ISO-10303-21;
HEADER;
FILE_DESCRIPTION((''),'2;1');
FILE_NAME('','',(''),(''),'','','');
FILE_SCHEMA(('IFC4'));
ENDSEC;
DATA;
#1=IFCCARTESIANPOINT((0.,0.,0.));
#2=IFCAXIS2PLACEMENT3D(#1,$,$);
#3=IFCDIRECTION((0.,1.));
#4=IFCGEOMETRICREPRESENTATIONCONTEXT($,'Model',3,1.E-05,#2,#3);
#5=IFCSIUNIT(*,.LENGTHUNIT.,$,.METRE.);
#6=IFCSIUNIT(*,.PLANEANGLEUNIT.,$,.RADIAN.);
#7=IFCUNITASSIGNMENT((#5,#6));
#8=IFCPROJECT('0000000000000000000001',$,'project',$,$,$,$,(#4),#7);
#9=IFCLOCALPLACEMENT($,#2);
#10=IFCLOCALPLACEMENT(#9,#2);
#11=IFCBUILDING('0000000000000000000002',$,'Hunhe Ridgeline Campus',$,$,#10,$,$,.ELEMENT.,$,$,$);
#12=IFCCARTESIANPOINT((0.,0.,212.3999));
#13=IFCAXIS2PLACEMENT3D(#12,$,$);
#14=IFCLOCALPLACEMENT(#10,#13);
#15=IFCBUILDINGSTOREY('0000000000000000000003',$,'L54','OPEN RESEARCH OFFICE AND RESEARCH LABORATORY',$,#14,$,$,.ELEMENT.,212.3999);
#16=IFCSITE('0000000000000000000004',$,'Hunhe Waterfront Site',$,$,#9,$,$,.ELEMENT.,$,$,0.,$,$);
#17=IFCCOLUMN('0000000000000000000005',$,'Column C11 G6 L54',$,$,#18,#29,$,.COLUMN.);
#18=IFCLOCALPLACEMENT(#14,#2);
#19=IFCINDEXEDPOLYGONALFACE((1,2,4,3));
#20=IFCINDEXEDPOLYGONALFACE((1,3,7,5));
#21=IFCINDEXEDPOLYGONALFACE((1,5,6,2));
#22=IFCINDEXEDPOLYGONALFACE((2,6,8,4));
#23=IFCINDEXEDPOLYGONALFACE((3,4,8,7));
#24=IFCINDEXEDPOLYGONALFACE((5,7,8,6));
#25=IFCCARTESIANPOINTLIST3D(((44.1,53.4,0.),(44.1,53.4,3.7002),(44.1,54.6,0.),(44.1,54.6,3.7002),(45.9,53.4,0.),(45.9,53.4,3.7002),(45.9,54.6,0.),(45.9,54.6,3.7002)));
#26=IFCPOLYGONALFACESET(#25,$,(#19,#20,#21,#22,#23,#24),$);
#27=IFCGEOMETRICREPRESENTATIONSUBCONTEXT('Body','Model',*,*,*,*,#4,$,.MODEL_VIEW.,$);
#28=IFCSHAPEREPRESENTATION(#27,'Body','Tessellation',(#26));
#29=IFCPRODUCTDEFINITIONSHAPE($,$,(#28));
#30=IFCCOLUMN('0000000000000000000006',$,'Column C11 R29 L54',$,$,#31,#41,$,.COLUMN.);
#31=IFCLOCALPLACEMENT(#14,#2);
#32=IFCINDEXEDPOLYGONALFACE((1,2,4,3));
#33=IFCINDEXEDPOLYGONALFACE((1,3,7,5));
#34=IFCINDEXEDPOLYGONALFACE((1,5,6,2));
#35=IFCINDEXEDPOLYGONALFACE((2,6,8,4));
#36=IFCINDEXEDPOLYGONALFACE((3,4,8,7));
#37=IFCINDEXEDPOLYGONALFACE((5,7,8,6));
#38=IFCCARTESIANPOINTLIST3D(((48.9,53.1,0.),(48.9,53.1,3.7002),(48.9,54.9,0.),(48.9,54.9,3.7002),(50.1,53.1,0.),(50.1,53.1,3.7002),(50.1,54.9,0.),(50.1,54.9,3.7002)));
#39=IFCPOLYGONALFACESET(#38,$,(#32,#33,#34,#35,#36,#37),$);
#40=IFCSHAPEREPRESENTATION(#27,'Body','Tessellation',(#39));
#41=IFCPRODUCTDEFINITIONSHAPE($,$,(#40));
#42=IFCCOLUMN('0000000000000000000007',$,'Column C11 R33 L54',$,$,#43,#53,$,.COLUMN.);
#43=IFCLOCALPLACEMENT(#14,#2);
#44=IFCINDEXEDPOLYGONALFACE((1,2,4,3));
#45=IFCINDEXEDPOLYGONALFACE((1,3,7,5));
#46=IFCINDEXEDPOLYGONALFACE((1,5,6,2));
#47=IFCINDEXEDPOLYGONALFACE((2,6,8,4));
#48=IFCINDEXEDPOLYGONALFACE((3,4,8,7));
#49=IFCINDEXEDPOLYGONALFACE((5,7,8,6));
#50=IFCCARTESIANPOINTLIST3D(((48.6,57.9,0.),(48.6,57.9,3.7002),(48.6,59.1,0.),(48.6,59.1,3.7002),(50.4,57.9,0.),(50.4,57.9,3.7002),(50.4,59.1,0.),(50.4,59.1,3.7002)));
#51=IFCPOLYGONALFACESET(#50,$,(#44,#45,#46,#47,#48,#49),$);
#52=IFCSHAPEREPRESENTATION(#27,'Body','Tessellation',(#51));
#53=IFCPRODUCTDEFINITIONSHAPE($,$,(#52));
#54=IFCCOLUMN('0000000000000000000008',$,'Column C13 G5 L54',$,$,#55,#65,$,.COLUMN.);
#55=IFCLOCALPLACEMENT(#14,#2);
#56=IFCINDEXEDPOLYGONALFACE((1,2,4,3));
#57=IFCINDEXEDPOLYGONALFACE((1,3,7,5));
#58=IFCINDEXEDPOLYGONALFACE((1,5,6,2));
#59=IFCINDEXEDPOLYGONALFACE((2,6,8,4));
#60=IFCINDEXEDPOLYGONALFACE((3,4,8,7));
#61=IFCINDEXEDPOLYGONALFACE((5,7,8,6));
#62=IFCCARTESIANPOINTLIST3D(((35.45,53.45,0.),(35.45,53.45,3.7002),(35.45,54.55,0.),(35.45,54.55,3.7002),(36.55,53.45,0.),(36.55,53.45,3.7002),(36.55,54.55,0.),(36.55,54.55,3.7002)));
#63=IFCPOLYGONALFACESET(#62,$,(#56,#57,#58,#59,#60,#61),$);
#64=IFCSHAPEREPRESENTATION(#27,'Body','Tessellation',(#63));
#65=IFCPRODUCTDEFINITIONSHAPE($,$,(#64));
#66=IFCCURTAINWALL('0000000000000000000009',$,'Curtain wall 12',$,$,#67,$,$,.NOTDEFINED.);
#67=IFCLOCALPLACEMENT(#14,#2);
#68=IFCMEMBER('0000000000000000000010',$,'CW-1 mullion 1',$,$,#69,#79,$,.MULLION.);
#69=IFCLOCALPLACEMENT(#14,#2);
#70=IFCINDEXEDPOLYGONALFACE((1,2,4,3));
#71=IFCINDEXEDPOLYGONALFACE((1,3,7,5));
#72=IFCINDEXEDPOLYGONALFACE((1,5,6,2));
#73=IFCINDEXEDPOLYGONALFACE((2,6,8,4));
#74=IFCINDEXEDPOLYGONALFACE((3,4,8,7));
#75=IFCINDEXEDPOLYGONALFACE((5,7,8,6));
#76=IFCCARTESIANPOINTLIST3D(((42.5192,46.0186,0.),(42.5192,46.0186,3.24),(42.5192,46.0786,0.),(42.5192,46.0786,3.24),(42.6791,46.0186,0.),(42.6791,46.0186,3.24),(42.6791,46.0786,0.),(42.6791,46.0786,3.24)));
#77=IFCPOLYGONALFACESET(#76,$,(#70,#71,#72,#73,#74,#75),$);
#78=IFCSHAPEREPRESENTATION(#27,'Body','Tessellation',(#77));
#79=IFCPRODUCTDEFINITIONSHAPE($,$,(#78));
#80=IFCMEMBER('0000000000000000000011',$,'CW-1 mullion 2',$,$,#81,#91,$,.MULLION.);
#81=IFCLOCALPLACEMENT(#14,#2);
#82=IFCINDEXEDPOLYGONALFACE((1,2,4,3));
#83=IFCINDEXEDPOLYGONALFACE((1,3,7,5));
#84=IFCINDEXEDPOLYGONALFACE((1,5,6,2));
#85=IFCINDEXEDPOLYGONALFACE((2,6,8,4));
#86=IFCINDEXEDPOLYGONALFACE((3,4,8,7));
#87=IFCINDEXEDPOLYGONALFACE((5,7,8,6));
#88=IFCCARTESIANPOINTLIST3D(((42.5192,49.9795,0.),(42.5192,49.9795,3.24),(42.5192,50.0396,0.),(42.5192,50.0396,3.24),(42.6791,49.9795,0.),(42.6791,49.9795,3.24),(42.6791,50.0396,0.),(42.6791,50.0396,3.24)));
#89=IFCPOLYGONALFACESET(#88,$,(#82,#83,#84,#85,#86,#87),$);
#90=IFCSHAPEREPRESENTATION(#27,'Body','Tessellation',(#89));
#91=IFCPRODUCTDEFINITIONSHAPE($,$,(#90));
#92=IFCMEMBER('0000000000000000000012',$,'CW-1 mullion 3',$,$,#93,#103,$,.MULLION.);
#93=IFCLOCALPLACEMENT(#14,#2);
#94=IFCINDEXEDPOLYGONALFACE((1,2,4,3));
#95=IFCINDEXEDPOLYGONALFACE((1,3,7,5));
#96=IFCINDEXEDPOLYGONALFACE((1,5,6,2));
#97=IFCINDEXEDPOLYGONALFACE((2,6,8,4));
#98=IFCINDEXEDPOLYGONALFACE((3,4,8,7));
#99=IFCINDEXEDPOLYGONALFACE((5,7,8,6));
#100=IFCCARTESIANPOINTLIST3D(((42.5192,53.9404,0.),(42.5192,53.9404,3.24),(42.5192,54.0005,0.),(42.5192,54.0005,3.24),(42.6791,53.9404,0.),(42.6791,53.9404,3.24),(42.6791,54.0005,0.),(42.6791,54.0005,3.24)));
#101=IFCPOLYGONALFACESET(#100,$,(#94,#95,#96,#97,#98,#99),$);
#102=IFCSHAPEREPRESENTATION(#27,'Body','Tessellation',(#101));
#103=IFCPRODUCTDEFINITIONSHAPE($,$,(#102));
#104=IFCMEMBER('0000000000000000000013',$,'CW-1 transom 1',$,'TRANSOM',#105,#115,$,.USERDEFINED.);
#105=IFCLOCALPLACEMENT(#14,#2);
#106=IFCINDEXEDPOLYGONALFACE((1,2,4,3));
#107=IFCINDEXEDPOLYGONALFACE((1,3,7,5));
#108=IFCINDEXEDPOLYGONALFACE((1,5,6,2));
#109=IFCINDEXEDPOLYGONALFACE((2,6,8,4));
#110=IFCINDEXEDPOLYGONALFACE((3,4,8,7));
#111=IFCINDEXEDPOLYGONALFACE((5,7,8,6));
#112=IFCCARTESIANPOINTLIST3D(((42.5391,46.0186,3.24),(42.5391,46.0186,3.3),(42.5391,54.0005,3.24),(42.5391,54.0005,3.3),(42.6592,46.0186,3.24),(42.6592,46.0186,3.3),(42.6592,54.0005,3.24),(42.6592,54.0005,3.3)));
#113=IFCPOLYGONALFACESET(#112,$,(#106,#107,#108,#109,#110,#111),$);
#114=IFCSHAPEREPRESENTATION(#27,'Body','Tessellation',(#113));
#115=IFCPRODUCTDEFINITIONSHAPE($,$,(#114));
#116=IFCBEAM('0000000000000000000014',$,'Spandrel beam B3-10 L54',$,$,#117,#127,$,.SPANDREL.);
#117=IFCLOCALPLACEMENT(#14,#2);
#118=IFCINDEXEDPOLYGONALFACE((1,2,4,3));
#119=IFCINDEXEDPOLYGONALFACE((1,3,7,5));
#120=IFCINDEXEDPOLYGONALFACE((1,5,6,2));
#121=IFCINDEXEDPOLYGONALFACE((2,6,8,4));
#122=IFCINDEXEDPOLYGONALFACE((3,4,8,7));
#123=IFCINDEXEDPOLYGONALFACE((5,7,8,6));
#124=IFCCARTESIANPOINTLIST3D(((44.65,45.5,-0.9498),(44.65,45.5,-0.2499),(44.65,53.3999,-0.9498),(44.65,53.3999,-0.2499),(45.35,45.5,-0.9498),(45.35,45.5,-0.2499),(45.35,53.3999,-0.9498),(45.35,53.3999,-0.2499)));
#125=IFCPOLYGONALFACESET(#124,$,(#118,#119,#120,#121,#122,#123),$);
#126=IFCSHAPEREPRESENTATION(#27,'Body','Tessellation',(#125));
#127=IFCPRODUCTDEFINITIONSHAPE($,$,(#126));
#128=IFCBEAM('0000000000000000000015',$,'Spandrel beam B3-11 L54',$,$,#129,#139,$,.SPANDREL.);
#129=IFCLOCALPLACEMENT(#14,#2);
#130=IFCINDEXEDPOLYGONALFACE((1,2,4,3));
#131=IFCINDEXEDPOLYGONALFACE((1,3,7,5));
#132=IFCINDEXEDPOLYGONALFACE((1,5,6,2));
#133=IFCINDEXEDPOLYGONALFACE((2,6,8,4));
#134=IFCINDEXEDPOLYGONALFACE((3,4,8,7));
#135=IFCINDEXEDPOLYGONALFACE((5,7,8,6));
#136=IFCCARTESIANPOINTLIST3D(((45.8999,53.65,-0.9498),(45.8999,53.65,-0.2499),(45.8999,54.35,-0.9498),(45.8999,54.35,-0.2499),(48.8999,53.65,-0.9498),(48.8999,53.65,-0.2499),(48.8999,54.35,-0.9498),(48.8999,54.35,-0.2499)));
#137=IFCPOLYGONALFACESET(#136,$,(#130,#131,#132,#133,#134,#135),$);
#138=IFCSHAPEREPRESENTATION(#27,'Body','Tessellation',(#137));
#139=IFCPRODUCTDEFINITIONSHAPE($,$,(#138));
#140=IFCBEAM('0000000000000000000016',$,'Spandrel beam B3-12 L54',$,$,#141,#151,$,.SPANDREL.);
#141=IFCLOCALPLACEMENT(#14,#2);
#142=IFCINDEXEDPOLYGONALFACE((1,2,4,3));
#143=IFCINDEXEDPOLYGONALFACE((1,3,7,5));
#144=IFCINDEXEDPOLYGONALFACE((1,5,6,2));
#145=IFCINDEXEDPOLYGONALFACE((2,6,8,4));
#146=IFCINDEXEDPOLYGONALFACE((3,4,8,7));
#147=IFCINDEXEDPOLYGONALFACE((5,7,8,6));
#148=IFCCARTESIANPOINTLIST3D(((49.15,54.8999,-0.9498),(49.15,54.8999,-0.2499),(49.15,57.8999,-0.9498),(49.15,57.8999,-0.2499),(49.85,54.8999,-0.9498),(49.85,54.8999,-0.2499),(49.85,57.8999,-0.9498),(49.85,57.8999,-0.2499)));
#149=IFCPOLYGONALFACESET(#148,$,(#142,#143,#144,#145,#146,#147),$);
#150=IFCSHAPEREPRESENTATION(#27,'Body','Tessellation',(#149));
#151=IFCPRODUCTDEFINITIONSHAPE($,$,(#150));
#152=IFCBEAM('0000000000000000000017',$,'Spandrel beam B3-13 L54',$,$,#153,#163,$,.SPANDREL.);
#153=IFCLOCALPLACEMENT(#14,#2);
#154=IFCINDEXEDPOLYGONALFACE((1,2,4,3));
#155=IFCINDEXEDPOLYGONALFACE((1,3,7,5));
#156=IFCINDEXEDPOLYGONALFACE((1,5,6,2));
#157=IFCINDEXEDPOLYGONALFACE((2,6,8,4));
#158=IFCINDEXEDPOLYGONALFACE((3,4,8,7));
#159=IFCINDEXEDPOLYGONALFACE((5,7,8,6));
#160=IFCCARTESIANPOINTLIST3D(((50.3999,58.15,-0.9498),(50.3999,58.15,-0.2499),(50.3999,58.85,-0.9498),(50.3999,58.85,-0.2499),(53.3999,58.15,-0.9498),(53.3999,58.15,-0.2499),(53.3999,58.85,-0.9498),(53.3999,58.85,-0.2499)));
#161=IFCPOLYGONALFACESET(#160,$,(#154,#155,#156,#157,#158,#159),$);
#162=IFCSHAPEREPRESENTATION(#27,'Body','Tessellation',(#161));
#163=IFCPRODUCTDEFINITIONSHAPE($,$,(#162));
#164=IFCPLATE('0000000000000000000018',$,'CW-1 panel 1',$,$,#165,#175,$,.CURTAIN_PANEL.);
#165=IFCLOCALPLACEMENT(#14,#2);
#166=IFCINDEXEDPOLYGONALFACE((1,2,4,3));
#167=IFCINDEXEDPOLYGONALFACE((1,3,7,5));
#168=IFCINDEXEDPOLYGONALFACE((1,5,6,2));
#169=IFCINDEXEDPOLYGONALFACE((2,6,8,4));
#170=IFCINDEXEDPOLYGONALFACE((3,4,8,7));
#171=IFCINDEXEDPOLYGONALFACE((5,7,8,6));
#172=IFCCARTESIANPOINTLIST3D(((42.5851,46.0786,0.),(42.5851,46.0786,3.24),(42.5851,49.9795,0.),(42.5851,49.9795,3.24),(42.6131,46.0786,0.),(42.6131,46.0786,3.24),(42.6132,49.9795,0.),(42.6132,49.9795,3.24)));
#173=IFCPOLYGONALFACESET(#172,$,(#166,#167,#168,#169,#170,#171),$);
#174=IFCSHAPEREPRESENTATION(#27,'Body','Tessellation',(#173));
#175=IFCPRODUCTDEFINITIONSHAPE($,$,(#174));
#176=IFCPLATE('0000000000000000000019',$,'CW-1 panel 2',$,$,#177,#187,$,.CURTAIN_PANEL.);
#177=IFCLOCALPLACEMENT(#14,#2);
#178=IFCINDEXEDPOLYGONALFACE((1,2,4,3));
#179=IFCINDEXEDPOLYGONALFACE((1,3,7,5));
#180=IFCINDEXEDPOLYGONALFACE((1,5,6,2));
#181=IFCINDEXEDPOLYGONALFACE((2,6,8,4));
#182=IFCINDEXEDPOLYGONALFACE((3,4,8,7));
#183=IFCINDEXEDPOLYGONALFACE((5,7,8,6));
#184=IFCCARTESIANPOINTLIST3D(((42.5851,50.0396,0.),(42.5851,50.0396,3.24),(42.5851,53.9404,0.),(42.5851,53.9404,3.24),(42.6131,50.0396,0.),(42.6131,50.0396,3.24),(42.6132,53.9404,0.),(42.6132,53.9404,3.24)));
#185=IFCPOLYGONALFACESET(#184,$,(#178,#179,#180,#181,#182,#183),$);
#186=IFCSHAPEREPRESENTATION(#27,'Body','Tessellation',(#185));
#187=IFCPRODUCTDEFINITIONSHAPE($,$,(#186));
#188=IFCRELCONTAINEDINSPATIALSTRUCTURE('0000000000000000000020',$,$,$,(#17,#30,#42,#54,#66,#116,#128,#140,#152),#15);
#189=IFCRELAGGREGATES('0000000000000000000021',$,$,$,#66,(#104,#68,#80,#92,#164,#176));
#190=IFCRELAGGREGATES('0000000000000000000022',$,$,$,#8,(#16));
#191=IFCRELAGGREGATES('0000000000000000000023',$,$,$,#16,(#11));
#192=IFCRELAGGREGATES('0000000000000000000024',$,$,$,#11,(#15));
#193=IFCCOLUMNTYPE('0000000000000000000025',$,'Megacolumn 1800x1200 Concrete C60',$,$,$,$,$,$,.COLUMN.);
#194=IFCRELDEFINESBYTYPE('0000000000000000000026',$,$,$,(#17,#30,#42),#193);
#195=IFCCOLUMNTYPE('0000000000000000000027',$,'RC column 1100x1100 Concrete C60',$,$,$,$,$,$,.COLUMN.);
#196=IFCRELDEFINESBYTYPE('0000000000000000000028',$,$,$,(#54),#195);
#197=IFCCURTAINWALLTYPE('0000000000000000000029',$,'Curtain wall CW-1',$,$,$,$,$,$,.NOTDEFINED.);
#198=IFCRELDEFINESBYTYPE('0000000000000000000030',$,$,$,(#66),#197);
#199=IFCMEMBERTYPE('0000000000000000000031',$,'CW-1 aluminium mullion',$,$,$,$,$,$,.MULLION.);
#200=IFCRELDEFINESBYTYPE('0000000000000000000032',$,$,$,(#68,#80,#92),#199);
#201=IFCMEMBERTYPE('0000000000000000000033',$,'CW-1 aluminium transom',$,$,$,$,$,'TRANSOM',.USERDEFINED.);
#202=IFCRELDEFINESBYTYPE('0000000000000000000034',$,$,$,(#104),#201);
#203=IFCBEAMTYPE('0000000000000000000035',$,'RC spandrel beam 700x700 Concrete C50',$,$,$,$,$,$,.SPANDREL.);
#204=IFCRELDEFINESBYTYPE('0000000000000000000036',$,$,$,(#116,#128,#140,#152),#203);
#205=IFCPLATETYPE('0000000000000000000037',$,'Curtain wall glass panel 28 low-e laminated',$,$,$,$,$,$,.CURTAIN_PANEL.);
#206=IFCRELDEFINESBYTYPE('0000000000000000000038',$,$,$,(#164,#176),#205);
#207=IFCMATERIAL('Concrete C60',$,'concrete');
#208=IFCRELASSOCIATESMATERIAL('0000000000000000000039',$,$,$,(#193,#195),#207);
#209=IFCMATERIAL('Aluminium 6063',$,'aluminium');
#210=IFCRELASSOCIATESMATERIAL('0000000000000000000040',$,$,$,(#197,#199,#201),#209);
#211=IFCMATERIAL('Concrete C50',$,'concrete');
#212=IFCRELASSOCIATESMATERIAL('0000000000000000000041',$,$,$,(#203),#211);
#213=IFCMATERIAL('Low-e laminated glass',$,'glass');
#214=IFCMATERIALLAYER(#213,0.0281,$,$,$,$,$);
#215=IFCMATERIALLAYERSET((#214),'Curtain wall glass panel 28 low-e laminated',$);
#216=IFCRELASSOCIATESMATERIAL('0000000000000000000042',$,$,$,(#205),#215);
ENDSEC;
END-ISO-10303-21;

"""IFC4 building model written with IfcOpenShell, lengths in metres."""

from ifc_helpers import new_model, si_unit, direction, frame, origin, origin_2d, place, context, subcontext, project, spatial, rectangle, extrude, material, layer, layer_set, material_profile, profile_set, type_object, element, aggregate, save


model = new_model("IFC4")

# Units and contexts
model_context = context("Model", 3, precision=1e-05, world=origin(), true_north=direction((0.0, 1.0)))
body_context = subcontext(model_context, "Body", "Model", "MODEL_VIEW")
ifc_project = project(units=[si_unit("LENGTHUNIT", "METRE"), si_unit("PLANEANGLEUNIT", "RADIAN")], contexts=[model_context])

# Site, building, storey
site_placement = place(None, origin())
site = spatial("IfcSite", under=ifc_project, at=site_placement, Name="Hunhe Waterfront Site", CompositionType="ELEMENT", RefElevation=0.0)
building_placement = place(site_placement, origin())
building = spatial("IfcBuilding", under=site, at=building_placement, Name="Hunhe Ridgeline Campus", CompositionType="ELEMENT")
storey_placement = place(building_placement, frame((0.0, 0.0, 212.3999)))
storey = spatial("IfcBuildingStorey", under=building, at=storey_placement, Name="L54", Description="OPEN RESEARCH OFFICE AND RESEARCH LABORATORY", CompositionType="ELEMENT", Elevation=212.3999)

# Columns
ifc_material_1 = material(Name="Concrete C60", Category="concrete")
ifc_material_profile_1 = material_profile(ifc_material_1, rectangle(XDim=1.8, YDim=1.2, at=origin_2d()))
ifc_profile_set_1 = profile_set([ifc_material_profile_1], Name="Concrete C60")
column_type_1 = type_object("IfcColumnType", Name="Megacolumn 1800x1200 Concrete C60", PredefinedType="COLUMN", material=ifc_profile_set_1)
for number, where, z_axis, x_axis, name in (
    (1, (45.0, 54.0, 0.0), (0.0, 0.0, 1.0), (1.0, 0.0, 0.0), "Column C11 G6 L54"),
    (2, (49.5, 54.0, 0.0), (0.0, 0.0, 1.0), (0.0, 1.0, 0.0), "Column C11 R29 L54"),
    (3, (49.5, 58.5, 0.0), (0.0, 0.0, 1.0), (1.0, 0.0, 0.0), "Column C11 R33 L54"),
):
    element("IfcColumn", number, at=place(storey_placement, frame(where, z_axis=z_axis, x_axis=x_axis)), inside=storey, type_object=column_type_1, Name=name, PredefinedType="COLUMN", context=body_context, shape_type="SweptSolid", body=[
        extrude(rectangle(XDim=1.8, YDim=1.2, at=origin_2d()), origin(), (0.0, 0.0, 1.0), 3.7002),
    ])
ifc_material_profile_2 = material_profile(ifc_material_1, rectangle(XDim=1.1001, YDim=1.1001, at=origin_2d()))
ifc_profile_set_2 = profile_set([ifc_material_profile_2], Name="Concrete C60")
column_type_2 = type_object("IfcColumnType", Name="RC column 1100x1100 Concrete C60", PredefinedType="COLUMN", material=ifc_profile_set_2)
column_placement = place(storey_placement, frame((36.0, 54.0, 0.0), z_axis=(0.0, 0.0, 1.0), x_axis=(1.0, 0.0, 0.0)))
element("IfcColumn", 4, at=column_placement, inside=storey, type_object=column_type_2, Name="Column C13 G5 L54", PredefinedType="COLUMN", context=body_context, shape_type="SweptSolid", body=[
    extrude(rectangle(XDim=1.1001, YDim=1.1001, at=origin_2d()), origin(), (0.0, 0.0, 1.0), 3.7002),
])

# Curtain wall, members
ifc_material_2 = material(Name="Aluminium 6063", Category="aluminium")
curtain_wall_type = type_object("IfcCurtainWallType", Name="Curtain wall CW-1", PredefinedType="NOTDEFINED", material=ifc_material_2)
curtain_wall_placement = place(storey_placement, origin())
curtain_wall = element("IfcCurtainWall", 5, at=curtain_wall_placement, inside=storey, type_object=curtain_wall_type, Name="Curtain wall 12", PredefinedType="NOTDEFINED")
ifc_material_profile_3 = material_profile(ifc_material_2, rectangle(XDim=0.1599, YDim=0.0601, at=origin_2d()))
ifc_profile_set_3 = profile_set([ifc_material_profile_3], Name="Aluminium 6063")
member_type_1 = type_object("IfcMemberType", Name="CW-1 aluminium mullion", PredefinedType="MULLION", material=ifc_profile_set_3)
member_1_placement = place(storey_placement, frame((42.5991, 46.0486, 0.0), z_axis=(0.0, 0.0, 1.0), x_axis=(-1.0, 0.000007, 0.0)))
member_1 = element("IfcMember", 6, at=member_1_placement, type_object=member_type_1, Name="CW-1 mullion 1", PredefinedType="MULLION", context=body_context, shape_type="SweptSolid", body=[
    extrude(rectangle(XDim=0.1599, YDim=0.0601, at=origin_2d()), origin(), (0.0, 0.0, 1.0), 3.24),
])
member_2_placement = place(storey_placement, frame((42.5991, 50.0095, 0.0), z_axis=(0.0, 0.0, 1.0), x_axis=(-1.0, 0.000007, 0.0)))
member_2 = element("IfcMember", 7, at=member_2_placement, type_object=member_type_1, Name="CW-1 mullion 2", PredefinedType="MULLION", context=body_context, shape_type="SweptSolid", body=[
    extrude(rectangle(XDim=0.1599, YDim=0.0601, at=origin_2d()), origin(), (0.0, 0.0, 1.0), 3.24),
])
member_3_placement = place(storey_placement, frame((42.5991, 53.9705, 0.0), z_axis=(0.0, 0.0, 1.0), x_axis=(-1.0, 0.000007, 0.0)))
member_3 = element("IfcMember", 8, at=member_3_placement, type_object=member_type_1, Name="CW-1 mullion 3", PredefinedType="MULLION", context=body_context, shape_type="SweptSolid", body=[
    extrude(rectangle(XDim=0.1599, YDim=0.0601, at=origin_2d()), origin(), (0.0, 0.0, 1.0), 3.24),
])
ifc_material_profile_4 = material_profile(ifc_material_2, rectangle(XDim=0.1201, YDim=0.0601, at=origin_2d()))
ifc_profile_set_4 = profile_set([ifc_material_profile_4], Name="Aluminium 6063")
member_type_2 = type_object("IfcMemberType", Name="CW-1 aluminium transom", ElementType="TRANSOM", PredefinedType="USERDEFINED", material=ifc_profile_set_4)
member_4_placement = place(storey_placement, frame((42.5991, 46.0186, 3.27), z_axis=(0.0, 1.0, 0.0), x_axis=(-1.0, 0.0, 0.0)))
member_4 = element("IfcMember", 9, at=member_4_placement, type_object=member_type_2, Name="CW-1 transom 1", ObjectType="TRANSOM", PredefinedType="USERDEFINED", context=body_context, shape_type="SweptSolid", body=[
    extrude(rectangle(XDim=0.1201, YDim=0.0601, at=origin_2d()), origin(), (0.0, 0.0, 1.0), 7.9819),
])

# Beams
ifc_material_3 = material(Name="Concrete C50", Category="concrete")
ifc_material_profile_5 = material_profile(ifc_material_3, rectangle(XDim=0.7, YDim=0.7, at=origin_2d()))
ifc_profile_set_5 = profile_set([ifc_material_profile_5], Name="Concrete C50")
beam_type = type_object("IfcBeamType", Name="RC spandrel beam 700x700 Concrete C50", PredefinedType="SPANDREL", material=ifc_profile_set_5)
beam_placement = place(storey_placement, frame((45.0, 45.5, -0.5999), z_axis=(0.0, 1.0, 0.0), x_axis=(-1.0, 0.0, 0.0)))
element("IfcBeam", 10, at=beam_placement, inside=storey, type_object=beam_type, Name="Spandrel beam B3-10 L54", PredefinedType="SPANDREL", context=body_context, shape_type="SweptSolid", body=[
    extrude(rectangle(XDim=0.7, YDim=0.7, at=origin_2d()), origin(), (0.0, 0.0, 1.0), 7.8999),
])
for number, where, z_axis, x_axis, name in (
    (11, (45.8999, 54.0, -0.5999), (1.0, 0.0, 0.0), (0.0, 1.0, 0.0), "Spandrel beam B3-11 L54"),
    (12, (49.5, 54.8999, -0.5999), (0.0, 1.0, 0.0), (-1.0, 0.0, 0.0), "Spandrel beam B3-12 L54"),
    (13, (50.3999, 58.5, -0.5999), (1.0, 0.0, 0.0), (0.0, 1.0, 0.0), "Spandrel beam B3-13 L54"),
):
    element("IfcBeam", number, at=place(storey_placement, frame(where, z_axis=z_axis, x_axis=x_axis)), inside=storey, type_object=beam_type, Name=name, PredefinedType="SPANDREL", context=body_context, shape_type="SweptSolid", body=[
        extrude(rectangle(XDim=0.7, YDim=0.7, at=origin_2d()), origin(), (0.0, 0.0, 1.0), 3.0),
    ])

# Plates
ifc_material_4 = material(Name="Low-e laminated glass", Category="glass")
ifc_layer_1 = layer(ifc_material_4, 0.0281)
ifc_layer_set_1 = layer_set([ifc_layer_1], Name="Curtain wall glass panel 28 low-e laminated")
plate_type = type_object("IfcPlateType", Name="Curtain wall glass panel 28 low-e laminated", PredefinedType="CURTAIN_PANEL", material=ifc_layer_set_1)
plate_1_placement = place(storey_placement, frame((42.5991, 48.0291, 0.0), z_axis=(0.0, 0.0, 1.0), x_axis=(0.000007, 1.0, 0.0)))
plate_1 = element("IfcPlate", 14, at=plate_1_placement, type_object=plate_type, Name="CW-1 panel 1", PredefinedType="CURTAIN_PANEL", context=body_context, shape_type="SweptSolid", body=[
    extrude(rectangle(XDim=3.9009, YDim=0.0281, at=origin_2d()), origin(), (0.0, 0.0, 1.0), 3.24),
])
plate_2_placement = place(storey_placement, frame((42.5991, 51.99, 0.0), z_axis=(0.0, 0.0, 1.0), x_axis=(0.000007, 1.0, 0.0)))
plate_2 = element("IfcPlate", 15, at=plate_2_placement, type_object=plate_type, Name="CW-1 panel 2", PredefinedType="CURTAIN_PANEL", context=body_context, shape_type="SweptSolid", body=[
    extrude(rectangle(XDim=3.9009, YDim=0.0281, at=origin_2d()), origin(), (0.0, 0.0, 1.0), 3.24),
])
aggregate(curtain_wall, [member_4, member_1, member_2, member_3, plate_1, plate_2])

save(model, "model.ifc")
